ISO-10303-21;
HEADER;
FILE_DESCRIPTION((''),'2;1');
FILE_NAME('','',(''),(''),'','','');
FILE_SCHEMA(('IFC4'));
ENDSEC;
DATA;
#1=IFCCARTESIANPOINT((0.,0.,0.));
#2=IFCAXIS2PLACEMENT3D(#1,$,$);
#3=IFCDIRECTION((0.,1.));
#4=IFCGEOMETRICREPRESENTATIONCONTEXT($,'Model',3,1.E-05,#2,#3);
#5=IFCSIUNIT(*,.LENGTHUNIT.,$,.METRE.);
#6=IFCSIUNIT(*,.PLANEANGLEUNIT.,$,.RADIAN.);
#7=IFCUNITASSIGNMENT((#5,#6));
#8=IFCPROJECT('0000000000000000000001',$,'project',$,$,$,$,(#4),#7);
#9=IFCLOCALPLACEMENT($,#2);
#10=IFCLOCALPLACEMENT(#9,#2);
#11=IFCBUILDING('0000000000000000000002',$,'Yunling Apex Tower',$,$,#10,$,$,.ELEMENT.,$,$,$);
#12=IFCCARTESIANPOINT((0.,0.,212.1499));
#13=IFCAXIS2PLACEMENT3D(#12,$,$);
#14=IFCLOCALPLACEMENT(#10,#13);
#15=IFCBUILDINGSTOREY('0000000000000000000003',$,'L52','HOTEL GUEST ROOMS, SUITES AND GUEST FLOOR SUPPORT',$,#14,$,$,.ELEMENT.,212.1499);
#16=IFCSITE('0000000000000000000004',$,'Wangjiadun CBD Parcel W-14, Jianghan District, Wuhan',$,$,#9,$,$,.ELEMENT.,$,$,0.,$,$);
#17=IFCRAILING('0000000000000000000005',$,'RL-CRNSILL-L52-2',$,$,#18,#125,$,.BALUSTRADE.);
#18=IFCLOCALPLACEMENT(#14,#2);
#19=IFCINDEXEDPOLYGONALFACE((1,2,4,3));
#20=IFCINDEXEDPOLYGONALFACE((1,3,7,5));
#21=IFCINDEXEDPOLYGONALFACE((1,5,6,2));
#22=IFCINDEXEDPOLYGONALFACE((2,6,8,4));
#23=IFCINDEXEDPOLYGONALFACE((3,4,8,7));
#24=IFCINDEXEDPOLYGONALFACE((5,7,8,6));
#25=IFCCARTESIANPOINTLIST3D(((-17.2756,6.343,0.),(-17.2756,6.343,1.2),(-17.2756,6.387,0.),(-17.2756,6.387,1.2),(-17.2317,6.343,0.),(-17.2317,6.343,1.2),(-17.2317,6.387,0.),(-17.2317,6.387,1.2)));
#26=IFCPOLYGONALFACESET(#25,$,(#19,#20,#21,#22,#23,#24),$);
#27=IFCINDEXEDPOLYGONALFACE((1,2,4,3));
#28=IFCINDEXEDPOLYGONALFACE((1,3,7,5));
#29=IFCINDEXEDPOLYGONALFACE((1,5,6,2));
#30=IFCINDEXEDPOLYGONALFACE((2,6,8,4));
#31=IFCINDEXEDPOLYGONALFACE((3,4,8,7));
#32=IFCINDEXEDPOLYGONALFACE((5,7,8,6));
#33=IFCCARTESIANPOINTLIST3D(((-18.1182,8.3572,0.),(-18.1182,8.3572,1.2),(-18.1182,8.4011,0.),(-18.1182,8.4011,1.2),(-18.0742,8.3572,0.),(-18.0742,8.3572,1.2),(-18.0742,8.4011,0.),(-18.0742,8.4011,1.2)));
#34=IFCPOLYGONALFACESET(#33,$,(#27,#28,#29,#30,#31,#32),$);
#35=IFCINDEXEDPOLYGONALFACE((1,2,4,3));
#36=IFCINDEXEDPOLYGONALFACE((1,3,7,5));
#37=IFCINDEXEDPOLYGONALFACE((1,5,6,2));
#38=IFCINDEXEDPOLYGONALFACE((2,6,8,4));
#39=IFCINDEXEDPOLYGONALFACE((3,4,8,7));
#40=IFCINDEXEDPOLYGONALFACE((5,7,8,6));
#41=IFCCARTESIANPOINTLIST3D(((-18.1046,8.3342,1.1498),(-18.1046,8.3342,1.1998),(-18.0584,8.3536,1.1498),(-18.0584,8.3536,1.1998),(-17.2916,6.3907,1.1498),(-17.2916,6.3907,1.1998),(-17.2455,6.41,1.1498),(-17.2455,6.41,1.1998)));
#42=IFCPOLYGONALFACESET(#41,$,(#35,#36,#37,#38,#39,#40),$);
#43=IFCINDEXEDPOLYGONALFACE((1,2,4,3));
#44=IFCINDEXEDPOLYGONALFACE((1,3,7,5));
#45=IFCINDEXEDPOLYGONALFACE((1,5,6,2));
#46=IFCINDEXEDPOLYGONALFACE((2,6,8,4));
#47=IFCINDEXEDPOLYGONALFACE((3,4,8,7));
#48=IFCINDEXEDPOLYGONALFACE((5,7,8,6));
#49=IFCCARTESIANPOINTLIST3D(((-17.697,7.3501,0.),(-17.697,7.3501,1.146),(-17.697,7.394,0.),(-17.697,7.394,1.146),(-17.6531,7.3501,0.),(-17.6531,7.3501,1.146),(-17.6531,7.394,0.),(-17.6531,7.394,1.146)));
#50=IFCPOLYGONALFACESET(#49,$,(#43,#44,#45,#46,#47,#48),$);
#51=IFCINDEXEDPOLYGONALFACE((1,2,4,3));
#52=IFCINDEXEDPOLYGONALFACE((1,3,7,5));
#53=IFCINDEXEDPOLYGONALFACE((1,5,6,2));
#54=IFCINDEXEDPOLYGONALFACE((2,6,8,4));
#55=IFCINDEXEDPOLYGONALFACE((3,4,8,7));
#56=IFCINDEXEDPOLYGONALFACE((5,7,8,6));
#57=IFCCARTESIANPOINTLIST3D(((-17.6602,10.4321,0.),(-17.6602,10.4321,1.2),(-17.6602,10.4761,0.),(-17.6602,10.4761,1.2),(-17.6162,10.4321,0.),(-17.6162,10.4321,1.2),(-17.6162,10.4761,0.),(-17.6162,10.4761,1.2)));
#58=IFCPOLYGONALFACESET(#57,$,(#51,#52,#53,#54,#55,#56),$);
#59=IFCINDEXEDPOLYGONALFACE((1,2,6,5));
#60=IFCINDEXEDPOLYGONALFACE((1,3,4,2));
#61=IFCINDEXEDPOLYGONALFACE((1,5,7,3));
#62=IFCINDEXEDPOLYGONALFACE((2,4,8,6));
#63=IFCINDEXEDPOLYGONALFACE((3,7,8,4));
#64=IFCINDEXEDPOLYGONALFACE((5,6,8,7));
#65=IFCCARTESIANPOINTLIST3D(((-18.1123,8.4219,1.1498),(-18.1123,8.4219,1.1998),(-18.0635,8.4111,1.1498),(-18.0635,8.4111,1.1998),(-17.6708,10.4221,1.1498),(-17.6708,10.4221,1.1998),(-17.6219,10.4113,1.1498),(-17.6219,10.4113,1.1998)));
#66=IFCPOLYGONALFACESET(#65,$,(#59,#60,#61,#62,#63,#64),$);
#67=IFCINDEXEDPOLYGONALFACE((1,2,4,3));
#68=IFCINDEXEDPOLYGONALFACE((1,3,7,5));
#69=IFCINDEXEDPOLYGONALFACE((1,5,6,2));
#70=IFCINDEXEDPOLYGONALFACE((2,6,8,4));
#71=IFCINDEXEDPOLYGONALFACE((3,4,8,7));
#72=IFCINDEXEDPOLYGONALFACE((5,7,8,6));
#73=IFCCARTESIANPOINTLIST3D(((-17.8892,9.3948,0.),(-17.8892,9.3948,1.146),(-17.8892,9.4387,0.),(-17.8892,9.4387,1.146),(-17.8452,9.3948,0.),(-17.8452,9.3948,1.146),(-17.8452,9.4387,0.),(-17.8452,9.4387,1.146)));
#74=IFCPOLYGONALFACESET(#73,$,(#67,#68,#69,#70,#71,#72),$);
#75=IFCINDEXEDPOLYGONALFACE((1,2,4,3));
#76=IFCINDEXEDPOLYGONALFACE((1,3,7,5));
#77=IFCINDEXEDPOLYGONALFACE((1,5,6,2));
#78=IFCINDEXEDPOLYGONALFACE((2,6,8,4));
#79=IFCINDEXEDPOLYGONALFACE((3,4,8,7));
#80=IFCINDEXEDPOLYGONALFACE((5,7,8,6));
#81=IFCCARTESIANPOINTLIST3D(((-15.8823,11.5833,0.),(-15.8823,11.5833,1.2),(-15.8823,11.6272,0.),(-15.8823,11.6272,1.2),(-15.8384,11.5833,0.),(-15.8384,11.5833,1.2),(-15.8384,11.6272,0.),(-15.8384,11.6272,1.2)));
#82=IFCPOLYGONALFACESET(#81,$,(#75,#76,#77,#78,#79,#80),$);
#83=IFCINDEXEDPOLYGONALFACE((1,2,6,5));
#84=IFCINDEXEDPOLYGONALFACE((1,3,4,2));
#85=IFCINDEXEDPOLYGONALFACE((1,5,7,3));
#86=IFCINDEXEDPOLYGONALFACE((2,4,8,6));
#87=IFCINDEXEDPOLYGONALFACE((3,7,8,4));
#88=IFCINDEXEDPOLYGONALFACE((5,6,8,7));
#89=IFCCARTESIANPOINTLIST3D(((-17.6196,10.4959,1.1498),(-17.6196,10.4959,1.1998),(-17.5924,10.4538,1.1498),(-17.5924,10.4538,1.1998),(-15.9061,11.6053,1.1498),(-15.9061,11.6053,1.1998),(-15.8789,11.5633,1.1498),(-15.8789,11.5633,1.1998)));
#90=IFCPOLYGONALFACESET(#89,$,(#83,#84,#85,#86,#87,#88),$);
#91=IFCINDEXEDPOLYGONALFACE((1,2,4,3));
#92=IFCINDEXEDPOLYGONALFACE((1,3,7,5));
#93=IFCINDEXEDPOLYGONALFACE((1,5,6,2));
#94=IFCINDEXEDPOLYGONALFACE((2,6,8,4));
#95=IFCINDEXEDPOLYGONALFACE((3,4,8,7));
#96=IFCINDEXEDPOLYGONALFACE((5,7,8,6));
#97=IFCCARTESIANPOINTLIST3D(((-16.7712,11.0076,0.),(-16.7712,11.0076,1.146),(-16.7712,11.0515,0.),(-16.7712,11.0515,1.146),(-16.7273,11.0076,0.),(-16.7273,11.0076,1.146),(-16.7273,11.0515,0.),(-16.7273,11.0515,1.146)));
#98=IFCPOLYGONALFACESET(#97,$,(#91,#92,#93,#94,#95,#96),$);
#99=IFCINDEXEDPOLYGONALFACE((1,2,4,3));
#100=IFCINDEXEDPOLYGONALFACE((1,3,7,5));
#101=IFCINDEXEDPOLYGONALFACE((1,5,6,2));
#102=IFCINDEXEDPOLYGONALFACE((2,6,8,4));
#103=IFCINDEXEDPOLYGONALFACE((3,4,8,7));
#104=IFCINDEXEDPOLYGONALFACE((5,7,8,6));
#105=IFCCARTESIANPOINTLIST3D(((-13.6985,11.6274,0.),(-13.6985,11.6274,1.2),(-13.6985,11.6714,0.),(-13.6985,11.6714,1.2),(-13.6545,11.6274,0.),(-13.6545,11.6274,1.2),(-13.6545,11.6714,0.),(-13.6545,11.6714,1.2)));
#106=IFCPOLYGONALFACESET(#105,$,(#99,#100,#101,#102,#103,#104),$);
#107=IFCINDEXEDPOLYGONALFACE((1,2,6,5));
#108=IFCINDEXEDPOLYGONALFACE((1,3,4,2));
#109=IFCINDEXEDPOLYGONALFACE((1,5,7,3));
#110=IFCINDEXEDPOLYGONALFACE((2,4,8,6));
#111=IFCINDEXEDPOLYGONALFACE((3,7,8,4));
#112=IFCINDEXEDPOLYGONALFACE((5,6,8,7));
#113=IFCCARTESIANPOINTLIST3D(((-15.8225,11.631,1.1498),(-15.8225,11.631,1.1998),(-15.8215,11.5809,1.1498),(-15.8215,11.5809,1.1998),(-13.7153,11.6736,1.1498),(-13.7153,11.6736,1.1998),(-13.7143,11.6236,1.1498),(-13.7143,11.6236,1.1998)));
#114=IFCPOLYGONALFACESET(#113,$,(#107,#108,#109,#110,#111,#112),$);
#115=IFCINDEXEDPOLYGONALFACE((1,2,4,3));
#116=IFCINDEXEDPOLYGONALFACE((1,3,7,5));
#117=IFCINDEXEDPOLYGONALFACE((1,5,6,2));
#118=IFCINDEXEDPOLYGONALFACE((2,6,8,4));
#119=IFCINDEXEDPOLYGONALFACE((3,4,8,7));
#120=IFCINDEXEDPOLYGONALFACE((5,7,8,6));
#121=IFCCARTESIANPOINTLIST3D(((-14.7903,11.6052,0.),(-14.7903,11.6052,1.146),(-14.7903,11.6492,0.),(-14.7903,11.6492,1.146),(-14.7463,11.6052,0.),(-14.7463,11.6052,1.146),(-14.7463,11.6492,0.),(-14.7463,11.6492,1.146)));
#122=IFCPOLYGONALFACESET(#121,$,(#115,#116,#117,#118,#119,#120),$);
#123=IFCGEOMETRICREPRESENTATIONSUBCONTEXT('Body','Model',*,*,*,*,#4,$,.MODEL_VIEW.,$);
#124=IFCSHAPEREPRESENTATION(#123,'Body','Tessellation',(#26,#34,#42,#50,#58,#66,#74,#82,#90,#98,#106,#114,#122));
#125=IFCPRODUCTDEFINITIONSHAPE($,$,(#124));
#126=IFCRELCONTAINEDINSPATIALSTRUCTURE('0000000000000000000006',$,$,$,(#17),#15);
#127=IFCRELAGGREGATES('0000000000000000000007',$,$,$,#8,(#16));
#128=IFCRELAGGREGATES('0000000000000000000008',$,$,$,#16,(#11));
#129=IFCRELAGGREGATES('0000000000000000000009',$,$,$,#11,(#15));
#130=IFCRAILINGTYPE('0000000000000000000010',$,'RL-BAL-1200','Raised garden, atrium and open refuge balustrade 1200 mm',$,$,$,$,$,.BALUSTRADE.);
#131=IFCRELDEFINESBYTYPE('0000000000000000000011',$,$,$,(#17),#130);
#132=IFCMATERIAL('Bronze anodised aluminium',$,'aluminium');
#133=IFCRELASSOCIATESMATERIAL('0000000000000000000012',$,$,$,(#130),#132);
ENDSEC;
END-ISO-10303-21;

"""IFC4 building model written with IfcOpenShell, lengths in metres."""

from ifc_helpers import new_model, si_unit, direction, frame, origin, origin_2d, place, context, subcontext, project, spatial, rectangle, extrude, material, type_object, element, save


model = new_model("IFC4")

# Units and contexts
model_context = context("Model", 3, precision=1e-05, world=origin(), true_north=direction((0.0, 1.0)))
body_context = subcontext(model_context, "Body", "Model", "MODEL_VIEW")
ifc_project = project(units=[si_unit("LENGTHUNIT", "METRE"), si_unit("PLANEANGLEUNIT", "RADIAN")], contexts=[model_context])

# Site, building, storey
site_placement = place(None, origin())
site = spatial("IfcSite", under=ifc_project, at=site_placement, Name="Wangjiadun CBD Parcel W-14, Jianghan District, Wuhan", CompositionType="ELEMENT", RefElevation=0.0)
building_placement = place(site_placement, origin())
building = spatial("IfcBuilding", under=site, at=building_placement, Name="Yunling Apex Tower", CompositionType="ELEMENT")
storey_placement = place(building_placement, frame((0.0, 0.0, 212.1499)))
storey = spatial("IfcBuildingStorey", under=building, at=storey_placement, Name="L52", Description="HOTEL GUEST ROOMS, SUITES AND GUEST FLOOR SUPPORT", CompositionType="ELEMENT", Elevation=212.1499)

# Shared definitions
ifc_material_1 = material(Name="Bronze anodised aluminium", Category="aluminium")

# Railing
railing_type = type_object("IfcRailingType", Name="RL-BAL-1200", Description="Raised garden, atrium and open refuge balustrade 1200 mm", PredefinedType="BALUSTRADE", material=ifc_material_1)
railing_placement = place(storey_placement, frame((-17.2537, 6.365, 0.0)))
element("IfcRailing", 1, at=railing_placement, inside=storey, type_object=railing_type, Name="RL-CRNSILL-L52-2", PredefinedType="BALUSTRADE", context=body_context, shape_type="SweptSolid", body=[
    extrude(rectangle(XDim=0.0439, YDim=0.0439, at=origin_2d()), origin(), (0.0, 0.0, 1.0), 1.2),
    extrude(rectangle(XDim=0.0439, YDim=0.0439, at=origin_2d()), frame((-0.8425, 2.0142, 0.0)), (0.0, 0.0, 1.0), 1.2),
    extrude(rectangle(XDim=0.05, YDim=0.05, at=origin_2d()), frame((-0.0149, 0.0354, 1.1748), z_axis=(-0.385901, 0.92254, 0.0), x_axis=(-0.92254, -0.385901, 0.0)), (0.0, 0.0, 1.0), 2.1067),
    extrude(rectangle(XDim=0.0439, YDim=0.0439, at=origin_2d()), frame((-0.4214, 1.0071, 0.0)), (0.0, 0.0, 1.0), 1.146),
    extrude(rectangle(XDim=0.0439, YDim=0.0439, at=origin_2d()), frame((-0.3845, 4.0891, 0.0)), (0.0, 0.0, 1.0), 1.2),
    extrude(rectangle(XDim=0.05, YDim=0.05, at=origin_2d()), frame((-0.8342, 2.0515, 1.1748), z_axis=(0.215543, 0.976494, 0.0), x_axis=(-0.976494, 0.215543, 0.0)), (0.0, 0.0, 1.0), 2.0483),
    extrude(rectangle(XDim=0.0439, YDim=0.0439, at=origin_2d()), frame((-0.6135, 3.0518, 0.0)), (0.0, 0.0, 1.0), 1.146),
    extrude(rectangle(XDim=0.0439, YDim=0.0439, at=origin_2d()), frame((1.3933, 5.2402, 0.0)), (0.0, 0.0, 1.0), 1.2),
    extrude(rectangle(XDim=0.05, YDim=0.05, at=origin_2d()), frame((-0.3523, 4.1099, 1.1748), z_axis=(0.839406, 0.543505, 0.0), x_axis=(-0.543505, 0.839406, 0.0)), (0.0, 0.0, 1.0), 2.0413),
    extrude(rectangle(XDim=0.0439, YDim=0.0439, at=origin_2d()), frame((0.5044, 4.6646, 0.0)), (0.0, 0.0, 1.0), 1.146),
    extrude(rectangle(XDim=0.0439, YDim=0.0439, at=origin_2d()), frame((3.5771, 5.2844, 0.0)), (0.0, 0.0, 1.0), 1.2),
    extrude(rectangle(XDim=0.05, YDim=0.05, at=origin_2d()), frame((1.4316, 5.241, 1.1748), z_axis=(0.999795, 0.020231, 0.0), x_axis=(-0.020231, 0.999795, 0.0)), (0.0, 0.0, 1.0), 2.1077),
    extrude(rectangle(XDim=0.0439, YDim=0.0439, at=origin_2d()), frame((2.4854, 5.2622, 0.0)), (0.0, 0.0, 1.0), 1.146),
])

save(model, "model.ifc")
